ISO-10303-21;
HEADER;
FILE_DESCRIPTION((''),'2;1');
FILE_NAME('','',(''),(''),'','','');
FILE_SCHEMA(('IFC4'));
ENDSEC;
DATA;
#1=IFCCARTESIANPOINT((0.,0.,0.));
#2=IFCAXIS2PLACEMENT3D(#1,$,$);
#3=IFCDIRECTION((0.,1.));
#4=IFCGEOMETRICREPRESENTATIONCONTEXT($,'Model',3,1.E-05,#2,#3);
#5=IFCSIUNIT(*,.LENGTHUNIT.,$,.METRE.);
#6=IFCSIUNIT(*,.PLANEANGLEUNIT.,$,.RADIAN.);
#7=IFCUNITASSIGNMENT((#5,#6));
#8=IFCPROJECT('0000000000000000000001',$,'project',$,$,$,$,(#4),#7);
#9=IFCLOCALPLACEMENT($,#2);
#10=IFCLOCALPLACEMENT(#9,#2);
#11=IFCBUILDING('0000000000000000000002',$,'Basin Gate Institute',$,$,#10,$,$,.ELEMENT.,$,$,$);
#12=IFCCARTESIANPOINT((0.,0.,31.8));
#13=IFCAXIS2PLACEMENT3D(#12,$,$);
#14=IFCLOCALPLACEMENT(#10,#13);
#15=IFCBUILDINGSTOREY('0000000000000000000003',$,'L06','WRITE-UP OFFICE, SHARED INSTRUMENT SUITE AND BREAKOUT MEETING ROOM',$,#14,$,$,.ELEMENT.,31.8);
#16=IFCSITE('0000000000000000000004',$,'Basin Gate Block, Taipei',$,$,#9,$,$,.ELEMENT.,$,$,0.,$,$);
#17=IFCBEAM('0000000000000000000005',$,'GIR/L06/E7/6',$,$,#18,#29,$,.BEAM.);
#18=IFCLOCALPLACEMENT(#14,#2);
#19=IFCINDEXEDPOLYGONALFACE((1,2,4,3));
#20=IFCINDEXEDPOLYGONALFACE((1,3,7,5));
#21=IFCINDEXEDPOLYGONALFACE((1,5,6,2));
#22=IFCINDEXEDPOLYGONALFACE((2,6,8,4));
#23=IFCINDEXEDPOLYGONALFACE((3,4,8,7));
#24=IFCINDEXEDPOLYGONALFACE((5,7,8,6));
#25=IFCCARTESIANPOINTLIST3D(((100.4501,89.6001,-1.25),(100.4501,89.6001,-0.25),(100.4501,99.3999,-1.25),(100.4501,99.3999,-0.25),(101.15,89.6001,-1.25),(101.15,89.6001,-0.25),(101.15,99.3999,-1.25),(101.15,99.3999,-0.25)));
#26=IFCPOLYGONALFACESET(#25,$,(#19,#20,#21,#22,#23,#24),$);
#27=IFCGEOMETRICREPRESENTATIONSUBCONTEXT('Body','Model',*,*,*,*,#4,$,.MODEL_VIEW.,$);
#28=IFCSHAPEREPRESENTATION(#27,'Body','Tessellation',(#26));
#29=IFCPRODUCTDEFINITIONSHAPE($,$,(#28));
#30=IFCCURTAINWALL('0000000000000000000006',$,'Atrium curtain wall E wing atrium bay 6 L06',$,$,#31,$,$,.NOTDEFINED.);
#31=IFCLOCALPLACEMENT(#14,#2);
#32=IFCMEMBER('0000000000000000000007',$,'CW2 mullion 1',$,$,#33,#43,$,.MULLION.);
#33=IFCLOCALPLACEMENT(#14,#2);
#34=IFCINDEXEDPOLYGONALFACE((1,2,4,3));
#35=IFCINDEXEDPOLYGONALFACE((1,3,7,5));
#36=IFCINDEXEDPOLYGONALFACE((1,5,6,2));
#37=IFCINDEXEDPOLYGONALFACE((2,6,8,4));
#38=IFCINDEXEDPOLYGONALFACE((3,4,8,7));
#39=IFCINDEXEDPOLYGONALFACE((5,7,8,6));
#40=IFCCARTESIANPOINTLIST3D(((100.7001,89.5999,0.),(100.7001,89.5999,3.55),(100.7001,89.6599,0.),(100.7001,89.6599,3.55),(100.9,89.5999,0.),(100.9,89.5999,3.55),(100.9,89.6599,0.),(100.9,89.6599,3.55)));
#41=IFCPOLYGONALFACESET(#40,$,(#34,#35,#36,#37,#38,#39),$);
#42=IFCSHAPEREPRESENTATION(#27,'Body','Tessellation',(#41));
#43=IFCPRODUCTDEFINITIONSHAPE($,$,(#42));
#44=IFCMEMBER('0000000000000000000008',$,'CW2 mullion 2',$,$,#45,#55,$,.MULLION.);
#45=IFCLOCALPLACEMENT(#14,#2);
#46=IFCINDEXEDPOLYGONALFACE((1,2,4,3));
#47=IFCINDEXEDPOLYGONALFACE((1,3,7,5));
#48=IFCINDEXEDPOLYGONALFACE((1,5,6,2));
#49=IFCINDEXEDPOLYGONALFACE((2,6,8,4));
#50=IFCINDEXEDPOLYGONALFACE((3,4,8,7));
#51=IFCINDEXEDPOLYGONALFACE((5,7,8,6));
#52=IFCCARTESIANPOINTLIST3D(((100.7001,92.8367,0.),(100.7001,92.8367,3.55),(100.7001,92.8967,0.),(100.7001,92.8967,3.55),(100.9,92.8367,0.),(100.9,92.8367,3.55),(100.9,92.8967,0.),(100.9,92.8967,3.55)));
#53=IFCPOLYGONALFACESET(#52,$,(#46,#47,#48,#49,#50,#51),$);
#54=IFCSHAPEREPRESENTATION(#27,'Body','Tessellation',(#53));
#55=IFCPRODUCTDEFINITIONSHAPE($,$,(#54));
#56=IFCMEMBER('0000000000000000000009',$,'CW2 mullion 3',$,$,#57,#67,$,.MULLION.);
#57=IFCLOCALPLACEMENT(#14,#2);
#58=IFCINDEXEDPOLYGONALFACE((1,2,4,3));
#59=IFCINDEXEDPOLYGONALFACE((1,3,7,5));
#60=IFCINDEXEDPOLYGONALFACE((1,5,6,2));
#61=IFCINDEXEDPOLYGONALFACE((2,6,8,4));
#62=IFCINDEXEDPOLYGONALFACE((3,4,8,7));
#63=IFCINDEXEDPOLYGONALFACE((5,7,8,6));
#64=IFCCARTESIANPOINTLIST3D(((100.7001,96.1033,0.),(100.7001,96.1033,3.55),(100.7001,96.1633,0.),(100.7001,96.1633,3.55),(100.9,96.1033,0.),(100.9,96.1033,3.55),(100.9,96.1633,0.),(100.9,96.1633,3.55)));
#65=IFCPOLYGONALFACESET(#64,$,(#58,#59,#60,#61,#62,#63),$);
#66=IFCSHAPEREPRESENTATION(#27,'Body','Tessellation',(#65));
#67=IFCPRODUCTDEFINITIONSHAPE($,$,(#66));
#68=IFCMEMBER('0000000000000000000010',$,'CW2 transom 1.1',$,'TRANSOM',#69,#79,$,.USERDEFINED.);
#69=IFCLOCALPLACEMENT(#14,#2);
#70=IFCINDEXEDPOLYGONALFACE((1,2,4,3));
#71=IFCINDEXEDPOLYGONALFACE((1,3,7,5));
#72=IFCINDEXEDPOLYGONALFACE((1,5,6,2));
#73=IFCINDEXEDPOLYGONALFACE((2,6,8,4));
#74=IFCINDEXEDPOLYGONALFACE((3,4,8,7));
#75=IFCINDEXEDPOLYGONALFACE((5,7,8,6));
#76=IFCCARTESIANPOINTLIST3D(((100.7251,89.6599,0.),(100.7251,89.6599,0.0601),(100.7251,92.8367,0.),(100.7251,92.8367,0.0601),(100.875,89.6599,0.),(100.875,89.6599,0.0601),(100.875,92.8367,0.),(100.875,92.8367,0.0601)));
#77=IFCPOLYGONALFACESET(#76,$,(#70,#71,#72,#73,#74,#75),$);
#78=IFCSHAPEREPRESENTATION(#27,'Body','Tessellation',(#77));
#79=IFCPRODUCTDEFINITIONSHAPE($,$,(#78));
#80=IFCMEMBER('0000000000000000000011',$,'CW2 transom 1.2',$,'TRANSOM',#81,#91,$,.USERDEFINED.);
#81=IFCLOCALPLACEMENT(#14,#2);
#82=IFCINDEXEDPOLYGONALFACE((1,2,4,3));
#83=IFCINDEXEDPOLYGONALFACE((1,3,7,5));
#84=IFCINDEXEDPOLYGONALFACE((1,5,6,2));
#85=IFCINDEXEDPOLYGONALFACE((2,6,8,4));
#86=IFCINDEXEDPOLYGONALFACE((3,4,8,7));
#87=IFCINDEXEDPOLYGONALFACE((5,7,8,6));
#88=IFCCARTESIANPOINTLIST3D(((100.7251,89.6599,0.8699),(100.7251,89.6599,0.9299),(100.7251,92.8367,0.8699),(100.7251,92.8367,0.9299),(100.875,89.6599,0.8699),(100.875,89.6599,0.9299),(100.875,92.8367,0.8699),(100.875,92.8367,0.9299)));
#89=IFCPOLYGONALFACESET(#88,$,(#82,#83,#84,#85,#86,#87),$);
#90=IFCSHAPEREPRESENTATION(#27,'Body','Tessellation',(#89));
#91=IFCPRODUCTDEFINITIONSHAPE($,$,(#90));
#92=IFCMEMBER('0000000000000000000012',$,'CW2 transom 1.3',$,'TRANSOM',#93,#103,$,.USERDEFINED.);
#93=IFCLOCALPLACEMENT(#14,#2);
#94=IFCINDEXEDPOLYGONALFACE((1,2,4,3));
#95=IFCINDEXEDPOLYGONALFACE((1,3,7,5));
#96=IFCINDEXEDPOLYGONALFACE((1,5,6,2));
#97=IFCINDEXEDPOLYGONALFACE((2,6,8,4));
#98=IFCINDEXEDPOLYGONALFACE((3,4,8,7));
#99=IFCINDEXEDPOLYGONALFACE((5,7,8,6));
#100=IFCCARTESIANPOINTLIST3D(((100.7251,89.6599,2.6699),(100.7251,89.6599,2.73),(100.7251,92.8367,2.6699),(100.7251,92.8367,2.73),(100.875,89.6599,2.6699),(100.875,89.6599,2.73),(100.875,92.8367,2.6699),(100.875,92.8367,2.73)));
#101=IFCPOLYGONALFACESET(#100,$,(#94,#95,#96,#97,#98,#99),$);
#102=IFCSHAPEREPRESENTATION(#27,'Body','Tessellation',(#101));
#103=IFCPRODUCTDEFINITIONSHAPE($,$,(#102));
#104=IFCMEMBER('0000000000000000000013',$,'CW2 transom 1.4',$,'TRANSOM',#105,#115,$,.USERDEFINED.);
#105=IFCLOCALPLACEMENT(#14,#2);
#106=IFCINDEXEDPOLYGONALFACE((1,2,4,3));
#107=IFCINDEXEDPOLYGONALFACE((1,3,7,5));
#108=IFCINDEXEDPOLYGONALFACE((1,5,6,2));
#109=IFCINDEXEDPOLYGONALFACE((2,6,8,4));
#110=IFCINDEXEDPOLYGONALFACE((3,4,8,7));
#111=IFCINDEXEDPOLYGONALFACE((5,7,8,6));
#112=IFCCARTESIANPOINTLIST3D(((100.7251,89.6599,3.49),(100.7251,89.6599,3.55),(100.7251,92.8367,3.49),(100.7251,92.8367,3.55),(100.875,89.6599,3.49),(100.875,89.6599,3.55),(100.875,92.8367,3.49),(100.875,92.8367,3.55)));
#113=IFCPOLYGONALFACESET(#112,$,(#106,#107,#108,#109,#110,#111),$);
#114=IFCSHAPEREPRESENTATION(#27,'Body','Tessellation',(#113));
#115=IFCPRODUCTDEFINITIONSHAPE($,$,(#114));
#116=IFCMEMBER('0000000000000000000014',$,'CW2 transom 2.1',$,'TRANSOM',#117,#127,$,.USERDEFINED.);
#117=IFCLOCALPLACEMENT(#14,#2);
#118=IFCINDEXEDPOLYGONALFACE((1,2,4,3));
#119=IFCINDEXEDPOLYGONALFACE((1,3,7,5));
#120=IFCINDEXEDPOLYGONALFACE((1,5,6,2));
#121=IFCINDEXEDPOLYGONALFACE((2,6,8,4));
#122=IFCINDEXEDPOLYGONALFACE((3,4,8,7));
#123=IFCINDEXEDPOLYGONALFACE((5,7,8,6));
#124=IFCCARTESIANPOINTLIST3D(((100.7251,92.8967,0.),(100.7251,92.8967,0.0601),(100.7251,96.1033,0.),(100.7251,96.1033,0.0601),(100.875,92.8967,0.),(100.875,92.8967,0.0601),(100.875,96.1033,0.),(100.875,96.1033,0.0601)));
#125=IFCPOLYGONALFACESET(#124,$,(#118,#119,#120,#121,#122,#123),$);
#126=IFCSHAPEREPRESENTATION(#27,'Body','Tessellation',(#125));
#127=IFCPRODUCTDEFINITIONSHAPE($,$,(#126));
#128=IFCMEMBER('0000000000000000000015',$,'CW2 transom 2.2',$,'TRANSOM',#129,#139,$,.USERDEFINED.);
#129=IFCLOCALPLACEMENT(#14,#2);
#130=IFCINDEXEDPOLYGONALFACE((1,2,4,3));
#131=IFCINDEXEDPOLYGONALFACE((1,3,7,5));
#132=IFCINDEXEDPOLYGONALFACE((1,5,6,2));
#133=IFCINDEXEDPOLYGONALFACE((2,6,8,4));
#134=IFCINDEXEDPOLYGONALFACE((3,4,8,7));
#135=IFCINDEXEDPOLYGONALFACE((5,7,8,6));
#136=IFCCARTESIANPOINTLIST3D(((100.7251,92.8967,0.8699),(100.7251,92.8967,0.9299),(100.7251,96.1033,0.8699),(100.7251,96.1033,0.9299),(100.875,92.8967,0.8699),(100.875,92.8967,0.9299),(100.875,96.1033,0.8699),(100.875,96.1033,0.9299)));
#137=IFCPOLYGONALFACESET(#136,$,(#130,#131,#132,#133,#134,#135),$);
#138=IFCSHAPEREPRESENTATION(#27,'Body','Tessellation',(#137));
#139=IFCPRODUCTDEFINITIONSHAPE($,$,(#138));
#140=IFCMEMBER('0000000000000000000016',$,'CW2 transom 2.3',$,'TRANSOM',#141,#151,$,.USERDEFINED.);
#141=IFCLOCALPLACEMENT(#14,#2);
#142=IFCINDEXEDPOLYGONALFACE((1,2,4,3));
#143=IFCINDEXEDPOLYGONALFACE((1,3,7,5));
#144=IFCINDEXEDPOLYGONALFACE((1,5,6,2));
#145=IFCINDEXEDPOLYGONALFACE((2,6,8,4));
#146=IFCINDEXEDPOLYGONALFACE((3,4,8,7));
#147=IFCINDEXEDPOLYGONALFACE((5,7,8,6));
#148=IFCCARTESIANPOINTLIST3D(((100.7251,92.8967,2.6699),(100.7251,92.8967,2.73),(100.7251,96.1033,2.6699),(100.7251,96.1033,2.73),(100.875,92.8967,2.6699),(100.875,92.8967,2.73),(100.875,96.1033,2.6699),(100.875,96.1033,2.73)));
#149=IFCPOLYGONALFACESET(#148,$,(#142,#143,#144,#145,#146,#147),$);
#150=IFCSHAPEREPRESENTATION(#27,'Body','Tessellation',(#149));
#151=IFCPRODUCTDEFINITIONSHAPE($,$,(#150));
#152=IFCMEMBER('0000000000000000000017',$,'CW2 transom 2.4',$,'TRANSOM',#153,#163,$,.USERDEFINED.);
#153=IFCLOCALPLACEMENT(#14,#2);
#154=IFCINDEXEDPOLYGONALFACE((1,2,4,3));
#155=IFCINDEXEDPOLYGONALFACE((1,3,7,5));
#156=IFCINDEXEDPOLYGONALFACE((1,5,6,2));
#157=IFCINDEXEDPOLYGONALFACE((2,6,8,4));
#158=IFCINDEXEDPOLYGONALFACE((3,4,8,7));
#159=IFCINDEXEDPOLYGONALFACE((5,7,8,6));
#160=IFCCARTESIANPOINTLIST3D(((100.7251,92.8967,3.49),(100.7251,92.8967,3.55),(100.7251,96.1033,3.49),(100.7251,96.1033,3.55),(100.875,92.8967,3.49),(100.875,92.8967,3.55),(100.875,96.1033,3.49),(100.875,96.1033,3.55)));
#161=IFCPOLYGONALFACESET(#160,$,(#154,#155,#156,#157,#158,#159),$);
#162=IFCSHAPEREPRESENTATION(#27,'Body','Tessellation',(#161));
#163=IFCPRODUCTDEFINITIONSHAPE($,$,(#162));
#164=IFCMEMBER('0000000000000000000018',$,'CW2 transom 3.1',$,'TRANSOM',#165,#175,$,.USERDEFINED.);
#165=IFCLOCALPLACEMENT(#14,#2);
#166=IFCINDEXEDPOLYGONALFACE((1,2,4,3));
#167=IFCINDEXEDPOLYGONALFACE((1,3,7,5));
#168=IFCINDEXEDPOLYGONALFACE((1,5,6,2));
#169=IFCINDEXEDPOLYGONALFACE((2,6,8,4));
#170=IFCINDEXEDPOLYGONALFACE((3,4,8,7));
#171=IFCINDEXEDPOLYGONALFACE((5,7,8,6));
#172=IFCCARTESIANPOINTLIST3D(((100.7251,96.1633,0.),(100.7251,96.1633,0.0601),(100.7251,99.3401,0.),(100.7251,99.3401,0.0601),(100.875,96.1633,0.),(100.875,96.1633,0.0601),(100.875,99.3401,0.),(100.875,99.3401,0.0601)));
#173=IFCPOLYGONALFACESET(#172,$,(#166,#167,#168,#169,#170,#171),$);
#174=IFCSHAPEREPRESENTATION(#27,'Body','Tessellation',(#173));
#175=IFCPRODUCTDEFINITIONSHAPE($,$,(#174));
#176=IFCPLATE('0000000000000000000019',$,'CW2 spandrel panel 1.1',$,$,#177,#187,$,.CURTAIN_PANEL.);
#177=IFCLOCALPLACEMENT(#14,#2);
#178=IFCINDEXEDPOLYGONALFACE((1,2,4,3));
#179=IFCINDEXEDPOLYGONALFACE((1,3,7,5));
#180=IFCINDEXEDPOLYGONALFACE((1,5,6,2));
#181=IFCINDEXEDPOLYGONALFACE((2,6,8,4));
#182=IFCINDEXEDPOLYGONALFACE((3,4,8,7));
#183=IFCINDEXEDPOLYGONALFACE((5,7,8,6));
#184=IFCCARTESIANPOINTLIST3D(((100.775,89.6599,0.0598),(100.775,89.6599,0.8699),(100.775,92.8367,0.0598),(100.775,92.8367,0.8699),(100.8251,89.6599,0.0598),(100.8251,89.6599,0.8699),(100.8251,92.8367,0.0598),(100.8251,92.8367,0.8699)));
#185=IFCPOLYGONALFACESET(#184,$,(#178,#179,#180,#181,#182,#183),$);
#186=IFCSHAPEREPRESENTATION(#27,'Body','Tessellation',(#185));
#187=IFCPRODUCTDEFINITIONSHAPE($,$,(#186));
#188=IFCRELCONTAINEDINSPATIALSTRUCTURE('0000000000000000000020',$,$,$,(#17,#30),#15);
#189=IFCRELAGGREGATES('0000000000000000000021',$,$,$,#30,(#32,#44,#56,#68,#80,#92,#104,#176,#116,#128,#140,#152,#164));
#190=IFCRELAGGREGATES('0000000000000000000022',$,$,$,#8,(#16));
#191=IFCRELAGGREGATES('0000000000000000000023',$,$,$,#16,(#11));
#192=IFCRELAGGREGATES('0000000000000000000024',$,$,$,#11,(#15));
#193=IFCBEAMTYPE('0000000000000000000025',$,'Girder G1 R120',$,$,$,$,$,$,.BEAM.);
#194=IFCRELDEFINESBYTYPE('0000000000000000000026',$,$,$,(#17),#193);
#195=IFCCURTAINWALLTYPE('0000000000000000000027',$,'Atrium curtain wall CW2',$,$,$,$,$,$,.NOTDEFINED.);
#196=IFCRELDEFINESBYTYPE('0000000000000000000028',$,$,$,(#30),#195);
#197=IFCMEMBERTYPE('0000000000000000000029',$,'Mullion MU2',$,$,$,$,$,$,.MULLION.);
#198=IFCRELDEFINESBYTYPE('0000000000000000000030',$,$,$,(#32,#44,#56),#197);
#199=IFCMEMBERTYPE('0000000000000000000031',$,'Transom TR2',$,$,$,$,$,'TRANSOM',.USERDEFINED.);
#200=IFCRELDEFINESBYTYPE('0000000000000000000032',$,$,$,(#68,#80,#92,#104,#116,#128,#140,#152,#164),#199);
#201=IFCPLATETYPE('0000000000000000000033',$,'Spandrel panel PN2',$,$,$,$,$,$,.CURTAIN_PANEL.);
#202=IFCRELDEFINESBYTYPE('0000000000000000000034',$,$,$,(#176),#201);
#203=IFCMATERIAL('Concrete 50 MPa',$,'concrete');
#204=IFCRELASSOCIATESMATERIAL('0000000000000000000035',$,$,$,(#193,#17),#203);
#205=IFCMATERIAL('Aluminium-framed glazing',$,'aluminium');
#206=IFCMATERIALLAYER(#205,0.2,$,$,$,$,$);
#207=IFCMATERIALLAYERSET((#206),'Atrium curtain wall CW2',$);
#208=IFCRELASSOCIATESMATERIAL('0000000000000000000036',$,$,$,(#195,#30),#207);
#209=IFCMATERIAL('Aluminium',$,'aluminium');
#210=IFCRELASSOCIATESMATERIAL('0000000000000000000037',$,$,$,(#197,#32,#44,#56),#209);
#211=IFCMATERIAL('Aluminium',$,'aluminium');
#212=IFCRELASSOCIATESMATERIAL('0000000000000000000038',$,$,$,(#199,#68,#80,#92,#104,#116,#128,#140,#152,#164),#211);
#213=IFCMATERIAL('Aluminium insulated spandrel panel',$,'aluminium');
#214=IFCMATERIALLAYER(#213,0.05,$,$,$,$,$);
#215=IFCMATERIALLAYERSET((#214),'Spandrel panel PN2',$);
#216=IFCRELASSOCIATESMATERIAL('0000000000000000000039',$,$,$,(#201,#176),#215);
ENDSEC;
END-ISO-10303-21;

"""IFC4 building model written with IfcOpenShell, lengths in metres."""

from ifc_helpers import new_model, si_unit, direction, frame, origin, origin_2d, place, context, subcontext, project, spatial, rectangle, extrude, material, layer, layer_set, material_profile, profile_set, type_object, element, aggregate, save


model = new_model("IFC4")

# Units and contexts
model_context = context("Model", 3, precision=1e-05, world=origin(), true_north=direction((0.0, 1.0)))
body_context = subcontext(model_context, "Body", "Model", "MODEL_VIEW")
ifc_project = project(units=[si_unit("LENGTHUNIT", "METRE"), si_unit("PLANEANGLEUNIT", "RADIAN")], contexts=[model_context])

# Site, building, storey
site_placement = place(None, origin())
site = spatial("IfcSite", under=ifc_project, at=site_placement, Name="Basin Gate Block, Taipei", CompositionType="ELEMENT", RefElevation=0.0)
building_placement = place(site_placement, origin())
building = spatial("IfcBuilding", under=site, at=building_placement, Name="Basin Gate Institute", CompositionType="ELEMENT")
storey_placement = place(building_placement, frame((0.0, 0.0, 31.8)))
storey = spatial("IfcBuildingStorey", under=building, at=storey_placement, Name="L06", Description="WRITE-UP OFFICE, SHARED INSTRUMENT SUITE AND BREAKOUT MEETING ROOM", CompositionType="ELEMENT", Elevation=31.8)

# Beam
ifc_material_1 = material(Name="Concrete 50 MPa", Category="concrete")
ifc_material_profile_1 = material_profile(ifc_material_1, rectangle(XDim=0.7, YDim=1.0, at=origin_2d()), Name="Girder G1 700 x 1000")
ifc_profile_set_1 = profile_set([ifc_material_profile_1], Name="Concrete 50 MPa")
beam_type = type_object("IfcBeamType", Name="Girder G1 R120", PredefinedType="BEAM", material=ifc_profile_set_1)
beam_placement = place(storey_placement, frame((100.8, 89.6001, -0.75), z_axis=(0.0, 1.0, 0.0), x_axis=(-1.0, 0.0, 0.0)))
element("IfcBeam", 1, at=beam_placement, inside=storey, type_object=beam_type, material=ifc_profile_set_1, Name="GIR/L06/E7/6", PredefinedType="BEAM", context=body_context, shape_type="SweptSolid", body=[
    extrude(rectangle(XDim=0.7, YDim=1.0, at=origin_2d()), origin(), (0.0, 0.0, 1.0), 9.7998),
])

# Curtain wall, members, plate
ifc_material_2 = material(Name="Aluminium-framed glazing", Category="aluminium")
ifc_layer_1 = layer(ifc_material_2, 0.2)
ifc_layer_set_1 = layer_set([ifc_layer_1], Name="Atrium curtain wall CW2")
curtain_wall_type = type_object("IfcCurtainWallType", Name="Atrium curtain wall CW2", PredefinedType="NOTDEFINED", material=ifc_layer_set_1)
curtain_wall_placement = place(storey_placement, origin())
curtain_wall = element("IfcCurtainWall", 2, at=curtain_wall_placement, inside=storey, type_object=curtain_wall_type, material=ifc_layer_set_1, Name="Atrium curtain wall E wing atrium bay 6 L06", PredefinedType="NOTDEFINED")
ifc_material_3 = material(Name="Aluminium", Category="aluminium")
ifc_material_profile_2 = material_profile(ifc_material_3, rectangle(XDim=0.2, YDim=0.0601, at=origin_2d()), Name="Mullion MU2 200 x 60")
ifc_profile_set_2 = profile_set([ifc_material_profile_2], Name="Aluminium")
member_type_1 = type_object("IfcMemberType", Name="Mullion MU2", PredefinedType="MULLION", material=ifc_profile_set_2)
member_1_placement = place(storey_placement, frame((100.8, 89.6299, 0.0), z_axis=(0.0, 0.0, 1.0), x_axis=(-1.0, 0.0, 0.0)))
member_1 = element("IfcMember", 3, at=member_1_placement, type_object=member_type_1, material=ifc_profile_set_2, Name="CW2 mullion 1", PredefinedType="MULLION", context=body_context, shape_type="SweptSolid", body=[
    extrude(rectangle(XDim=0.2, YDim=0.0601, at=origin_2d()), origin(), (0.0, 0.0, 1.0), 3.55),
])
member_2_placement = place(storey_placement, frame((100.8, 92.8667, 0.0), z_axis=(0.0, 0.0, 1.0), x_axis=(-1.0, 0.0, 0.0)))
member_2 = element("IfcMember", 4, at=member_2_placement, type_object=member_type_1, material=ifc_profile_set_2, Name="CW2 mullion 2", PredefinedType="MULLION", context=body_context, shape_type="SweptSolid", body=[
    extrude(rectangle(XDim=0.2, YDim=0.0601, at=origin_2d()), origin(), (0.0, 0.0, 1.0), 3.55),
])
member_3_placement = place(storey_placement, frame((100.8, 96.1333, 0.0), z_axis=(0.0, 0.0, 1.0), x_axis=(-1.0, 0.0, 0.0)))
member_3 = element("IfcMember", 5, at=member_3_placement, type_object=member_type_1, material=ifc_profile_set_2, Name="CW2 mullion 3", PredefinedType="MULLION", context=body_context, shape_type="SweptSolid", body=[
    extrude(rectangle(XDim=0.2, YDim=0.0601, at=origin_2d()), origin(), (0.0, 0.0, 1.0), 3.55),
])
ifc_material_4 = material(Name="Aluminium", Category="aluminium")
ifc_material_profile_3 = material_profile(ifc_material_4, rectangle(XDim=0.1499, YDim=0.0601, at=origin_2d()), Name="Transom TR2 150 x 60")
ifc_profile_set_3 = profile_set([ifc_material_profile_3], Name="Aluminium")
member_type_2 = type_object("IfcMemberType", Name="Transom TR2", ElementType="TRANSOM", PredefinedType="USERDEFINED", material=ifc_profile_set_3)
member_4_placement = place(storey_placement, frame((100.8, 89.6599, 0.03), z_axis=(0.0, 1.0, 0.0), x_axis=(-1.0, 0.0, 0.0)))
member_4 = element("IfcMember", 6, at=member_4_placement, type_object=member_type_2, material=ifc_profile_set_3, Name="CW2 transom 1.1", ObjectType="TRANSOM", PredefinedType="USERDEFINED", context=body_context, shape_type="SweptSolid", body=[
    extrude(rectangle(XDim=0.1499, YDim=0.0601, at=origin_2d()), origin(), (0.0, 0.0, 1.0), 3.1768),
])
member_5_placement = place(storey_placement, frame((100.8, 89.6599, 0.8999), z_axis=(0.0, 1.0, 0.0), x_axis=(-1.0, 0.0, 0.0)))
member_5 = element("IfcMember", 7, at=member_5_placement, type_object=member_type_2, material=ifc_profile_set_3, Name="CW2 transom 1.2", ObjectType="TRANSOM", PredefinedType="USERDEFINED", context=body_context, shape_type="SweptSolid", body=[
    extrude(rectangle(XDim=0.1499, YDim=0.0601, at=origin_2d()), origin(), (0.0, 0.0, 1.0), 3.1768),
])
member_6_placement = place(storey_placement, frame((100.8, 89.6599, 2.7), z_axis=(0.0, 1.0, 0.0), x_axis=(-1.0, 0.0, 0.0)))
member_6 = element("IfcMember", 8, at=member_6_placement, type_object=member_type_2, material=ifc_profile_set_3, Name="CW2 transom 1.3", ObjectType="TRANSOM", PredefinedType="USERDEFINED", context=body_context, shape_type="SweptSolid", body=[
    extrude(rectangle(XDim=0.1499, YDim=0.0601, at=origin_2d()), origin(), (0.0, 0.0, 1.0), 3.1768),
])
member_7_placement = place(storey_placement, frame((100.8, 89.6599, 3.52), z_axis=(0.0, 1.0, 0.0), x_axis=(-1.0, 0.0, 0.0)))
member_7 = element("IfcMember", 9, at=member_7_placement, type_object=member_type_2, material=ifc_profile_set_3, Name="CW2 transom 1.4", ObjectType="TRANSOM", PredefinedType="USERDEFINED", context=body_context, shape_type="SweptSolid", body=[
    extrude(rectangle(XDim=0.1499, YDim=0.0601, at=origin_2d()), origin(), (0.0, 0.0, 1.0), 3.1768),
])
member_8_placement = place(storey_placement, frame((100.8, 92.8967, 0.03), z_axis=(0.0, 1.0, 0.0), x_axis=(-1.0, 0.0, 0.0)))
member_8 = element("IfcMember", 10, at=member_8_placement, type_object=member_type_2, material=ifc_profile_set_3, Name="CW2 transom 2.1", ObjectType="TRANSOM", PredefinedType="USERDEFINED", context=body_context, shape_type="SweptSolid", body=[
    extrude(rectangle(XDim=0.1499, YDim=0.0601, at=origin_2d()), origin(), (0.0, 0.0, 1.0), 3.2065),
])
member_9_placement = place(storey_placement, frame((100.8, 92.8967, 0.8999), z_axis=(0.0, 1.0, 0.0), x_axis=(-1.0, 0.0, 0.0)))
member_9 = element("IfcMember", 11, at=member_9_placement, type_object=member_type_2, material=ifc_profile_set_3, Name="CW2 transom 2.2", ObjectType="TRANSOM", PredefinedType="USERDEFINED", context=body_context, shape_type="SweptSolid", body=[
    extrude(rectangle(XDim=0.1499, YDim=0.0601, at=origin_2d()), origin(), (0.0, 0.0, 1.0), 3.2065),
])
member_10_placement = place(storey_placement, frame((100.8, 92.8967, 2.7), z_axis=(0.0, 1.0, 0.0), x_axis=(-1.0, 0.0, 0.0)))
member_10 = element("IfcMember", 12, at=member_10_placement, type_object=member_type_2, material=ifc_profile_set_3, Name="CW2 transom 2.3", ObjectType="TRANSOM", PredefinedType="USERDEFINED", context=body_context, shape_type="SweptSolid", body=[
    extrude(rectangle(XDim=0.1499, YDim=0.0601, at=origin_2d()), origin(), (0.0, 0.0, 1.0), 3.2065),
])
member_11_placement = place(storey_placement, frame((100.8, 92.8967, 3.52), z_axis=(0.0, 1.0, 0.0), x_axis=(-1.0, 0.0, 0.0)))
member_11 = element("IfcMember", 13, at=member_11_placement, type_object=member_type_2, material=ifc_profile_set_3, Name="CW2 transom 2.4", ObjectType="TRANSOM", PredefinedType="USERDEFINED", context=body_context, shape_type="SweptSolid", body=[
    extrude(rectangle(XDim=0.1499, YDim=0.0601, at=origin_2d()), origin(), (0.0, 0.0, 1.0), 3.2065),
])
member_12_placement = place(storey_placement, frame((100.8, 96.1633, 0.03), z_axis=(0.0, 1.0, 0.0), x_axis=(-1.0, 0.0, 0.0)))
member_12 = element("IfcMember", 14, at=member_12_placement, type_object=member_type_2, material=ifc_profile_set_3, Name="CW2 transom 3.1", ObjectType="TRANSOM", PredefinedType="USERDEFINED", context=body_context, shape_type="SweptSolid", body=[
    extrude(rectangle(XDim=0.1499, YDim=0.0601, at=origin_2d()), origin(), (0.0, 0.0, 1.0), 3.1768),
])
ifc_material_5 = material(Name="Aluminium insulated spandrel panel", Category="aluminium")
ifc_layer_2 = layer(ifc_material_5, 0.05)
ifc_layer_set_2 = layer_set([ifc_layer_2], Name="Spandrel panel PN2")
plate_type_1 = type_object("IfcPlateType", Name="Spandrel panel PN2", PredefinedType="CURTAIN_PANEL", material=ifc_layer_set_2)
plate_1_placement = place(storey_placement, frame((100.8, 91.2483, 0.0598), z_axis=(0.0, 0.0, 1.0), x_axis=(0.0, 1.0, 0.0)))
plate_1 = element("IfcPlate", 15, at=plate_1_placement, type_object=plate_type_1, material=ifc_layer_set_2, Name="CW2 spandrel panel 1.1", PredefinedType="CURTAIN_PANEL", context=body_context, shape_type="SweptSolid", body=[
    extrude(rectangle(XDim=3.1768, YDim=0.05, at=origin_2d()), origin(), (0.0, 0.0, 1.0), 0.8101),
])
aggregate(curtain_wall, [member_1, member_2, member_3, member_4, member_5, member_6, member_7, plate_1, member_8, member_9, member_10, member_11, member_12])

save(model, "model.ifc")
